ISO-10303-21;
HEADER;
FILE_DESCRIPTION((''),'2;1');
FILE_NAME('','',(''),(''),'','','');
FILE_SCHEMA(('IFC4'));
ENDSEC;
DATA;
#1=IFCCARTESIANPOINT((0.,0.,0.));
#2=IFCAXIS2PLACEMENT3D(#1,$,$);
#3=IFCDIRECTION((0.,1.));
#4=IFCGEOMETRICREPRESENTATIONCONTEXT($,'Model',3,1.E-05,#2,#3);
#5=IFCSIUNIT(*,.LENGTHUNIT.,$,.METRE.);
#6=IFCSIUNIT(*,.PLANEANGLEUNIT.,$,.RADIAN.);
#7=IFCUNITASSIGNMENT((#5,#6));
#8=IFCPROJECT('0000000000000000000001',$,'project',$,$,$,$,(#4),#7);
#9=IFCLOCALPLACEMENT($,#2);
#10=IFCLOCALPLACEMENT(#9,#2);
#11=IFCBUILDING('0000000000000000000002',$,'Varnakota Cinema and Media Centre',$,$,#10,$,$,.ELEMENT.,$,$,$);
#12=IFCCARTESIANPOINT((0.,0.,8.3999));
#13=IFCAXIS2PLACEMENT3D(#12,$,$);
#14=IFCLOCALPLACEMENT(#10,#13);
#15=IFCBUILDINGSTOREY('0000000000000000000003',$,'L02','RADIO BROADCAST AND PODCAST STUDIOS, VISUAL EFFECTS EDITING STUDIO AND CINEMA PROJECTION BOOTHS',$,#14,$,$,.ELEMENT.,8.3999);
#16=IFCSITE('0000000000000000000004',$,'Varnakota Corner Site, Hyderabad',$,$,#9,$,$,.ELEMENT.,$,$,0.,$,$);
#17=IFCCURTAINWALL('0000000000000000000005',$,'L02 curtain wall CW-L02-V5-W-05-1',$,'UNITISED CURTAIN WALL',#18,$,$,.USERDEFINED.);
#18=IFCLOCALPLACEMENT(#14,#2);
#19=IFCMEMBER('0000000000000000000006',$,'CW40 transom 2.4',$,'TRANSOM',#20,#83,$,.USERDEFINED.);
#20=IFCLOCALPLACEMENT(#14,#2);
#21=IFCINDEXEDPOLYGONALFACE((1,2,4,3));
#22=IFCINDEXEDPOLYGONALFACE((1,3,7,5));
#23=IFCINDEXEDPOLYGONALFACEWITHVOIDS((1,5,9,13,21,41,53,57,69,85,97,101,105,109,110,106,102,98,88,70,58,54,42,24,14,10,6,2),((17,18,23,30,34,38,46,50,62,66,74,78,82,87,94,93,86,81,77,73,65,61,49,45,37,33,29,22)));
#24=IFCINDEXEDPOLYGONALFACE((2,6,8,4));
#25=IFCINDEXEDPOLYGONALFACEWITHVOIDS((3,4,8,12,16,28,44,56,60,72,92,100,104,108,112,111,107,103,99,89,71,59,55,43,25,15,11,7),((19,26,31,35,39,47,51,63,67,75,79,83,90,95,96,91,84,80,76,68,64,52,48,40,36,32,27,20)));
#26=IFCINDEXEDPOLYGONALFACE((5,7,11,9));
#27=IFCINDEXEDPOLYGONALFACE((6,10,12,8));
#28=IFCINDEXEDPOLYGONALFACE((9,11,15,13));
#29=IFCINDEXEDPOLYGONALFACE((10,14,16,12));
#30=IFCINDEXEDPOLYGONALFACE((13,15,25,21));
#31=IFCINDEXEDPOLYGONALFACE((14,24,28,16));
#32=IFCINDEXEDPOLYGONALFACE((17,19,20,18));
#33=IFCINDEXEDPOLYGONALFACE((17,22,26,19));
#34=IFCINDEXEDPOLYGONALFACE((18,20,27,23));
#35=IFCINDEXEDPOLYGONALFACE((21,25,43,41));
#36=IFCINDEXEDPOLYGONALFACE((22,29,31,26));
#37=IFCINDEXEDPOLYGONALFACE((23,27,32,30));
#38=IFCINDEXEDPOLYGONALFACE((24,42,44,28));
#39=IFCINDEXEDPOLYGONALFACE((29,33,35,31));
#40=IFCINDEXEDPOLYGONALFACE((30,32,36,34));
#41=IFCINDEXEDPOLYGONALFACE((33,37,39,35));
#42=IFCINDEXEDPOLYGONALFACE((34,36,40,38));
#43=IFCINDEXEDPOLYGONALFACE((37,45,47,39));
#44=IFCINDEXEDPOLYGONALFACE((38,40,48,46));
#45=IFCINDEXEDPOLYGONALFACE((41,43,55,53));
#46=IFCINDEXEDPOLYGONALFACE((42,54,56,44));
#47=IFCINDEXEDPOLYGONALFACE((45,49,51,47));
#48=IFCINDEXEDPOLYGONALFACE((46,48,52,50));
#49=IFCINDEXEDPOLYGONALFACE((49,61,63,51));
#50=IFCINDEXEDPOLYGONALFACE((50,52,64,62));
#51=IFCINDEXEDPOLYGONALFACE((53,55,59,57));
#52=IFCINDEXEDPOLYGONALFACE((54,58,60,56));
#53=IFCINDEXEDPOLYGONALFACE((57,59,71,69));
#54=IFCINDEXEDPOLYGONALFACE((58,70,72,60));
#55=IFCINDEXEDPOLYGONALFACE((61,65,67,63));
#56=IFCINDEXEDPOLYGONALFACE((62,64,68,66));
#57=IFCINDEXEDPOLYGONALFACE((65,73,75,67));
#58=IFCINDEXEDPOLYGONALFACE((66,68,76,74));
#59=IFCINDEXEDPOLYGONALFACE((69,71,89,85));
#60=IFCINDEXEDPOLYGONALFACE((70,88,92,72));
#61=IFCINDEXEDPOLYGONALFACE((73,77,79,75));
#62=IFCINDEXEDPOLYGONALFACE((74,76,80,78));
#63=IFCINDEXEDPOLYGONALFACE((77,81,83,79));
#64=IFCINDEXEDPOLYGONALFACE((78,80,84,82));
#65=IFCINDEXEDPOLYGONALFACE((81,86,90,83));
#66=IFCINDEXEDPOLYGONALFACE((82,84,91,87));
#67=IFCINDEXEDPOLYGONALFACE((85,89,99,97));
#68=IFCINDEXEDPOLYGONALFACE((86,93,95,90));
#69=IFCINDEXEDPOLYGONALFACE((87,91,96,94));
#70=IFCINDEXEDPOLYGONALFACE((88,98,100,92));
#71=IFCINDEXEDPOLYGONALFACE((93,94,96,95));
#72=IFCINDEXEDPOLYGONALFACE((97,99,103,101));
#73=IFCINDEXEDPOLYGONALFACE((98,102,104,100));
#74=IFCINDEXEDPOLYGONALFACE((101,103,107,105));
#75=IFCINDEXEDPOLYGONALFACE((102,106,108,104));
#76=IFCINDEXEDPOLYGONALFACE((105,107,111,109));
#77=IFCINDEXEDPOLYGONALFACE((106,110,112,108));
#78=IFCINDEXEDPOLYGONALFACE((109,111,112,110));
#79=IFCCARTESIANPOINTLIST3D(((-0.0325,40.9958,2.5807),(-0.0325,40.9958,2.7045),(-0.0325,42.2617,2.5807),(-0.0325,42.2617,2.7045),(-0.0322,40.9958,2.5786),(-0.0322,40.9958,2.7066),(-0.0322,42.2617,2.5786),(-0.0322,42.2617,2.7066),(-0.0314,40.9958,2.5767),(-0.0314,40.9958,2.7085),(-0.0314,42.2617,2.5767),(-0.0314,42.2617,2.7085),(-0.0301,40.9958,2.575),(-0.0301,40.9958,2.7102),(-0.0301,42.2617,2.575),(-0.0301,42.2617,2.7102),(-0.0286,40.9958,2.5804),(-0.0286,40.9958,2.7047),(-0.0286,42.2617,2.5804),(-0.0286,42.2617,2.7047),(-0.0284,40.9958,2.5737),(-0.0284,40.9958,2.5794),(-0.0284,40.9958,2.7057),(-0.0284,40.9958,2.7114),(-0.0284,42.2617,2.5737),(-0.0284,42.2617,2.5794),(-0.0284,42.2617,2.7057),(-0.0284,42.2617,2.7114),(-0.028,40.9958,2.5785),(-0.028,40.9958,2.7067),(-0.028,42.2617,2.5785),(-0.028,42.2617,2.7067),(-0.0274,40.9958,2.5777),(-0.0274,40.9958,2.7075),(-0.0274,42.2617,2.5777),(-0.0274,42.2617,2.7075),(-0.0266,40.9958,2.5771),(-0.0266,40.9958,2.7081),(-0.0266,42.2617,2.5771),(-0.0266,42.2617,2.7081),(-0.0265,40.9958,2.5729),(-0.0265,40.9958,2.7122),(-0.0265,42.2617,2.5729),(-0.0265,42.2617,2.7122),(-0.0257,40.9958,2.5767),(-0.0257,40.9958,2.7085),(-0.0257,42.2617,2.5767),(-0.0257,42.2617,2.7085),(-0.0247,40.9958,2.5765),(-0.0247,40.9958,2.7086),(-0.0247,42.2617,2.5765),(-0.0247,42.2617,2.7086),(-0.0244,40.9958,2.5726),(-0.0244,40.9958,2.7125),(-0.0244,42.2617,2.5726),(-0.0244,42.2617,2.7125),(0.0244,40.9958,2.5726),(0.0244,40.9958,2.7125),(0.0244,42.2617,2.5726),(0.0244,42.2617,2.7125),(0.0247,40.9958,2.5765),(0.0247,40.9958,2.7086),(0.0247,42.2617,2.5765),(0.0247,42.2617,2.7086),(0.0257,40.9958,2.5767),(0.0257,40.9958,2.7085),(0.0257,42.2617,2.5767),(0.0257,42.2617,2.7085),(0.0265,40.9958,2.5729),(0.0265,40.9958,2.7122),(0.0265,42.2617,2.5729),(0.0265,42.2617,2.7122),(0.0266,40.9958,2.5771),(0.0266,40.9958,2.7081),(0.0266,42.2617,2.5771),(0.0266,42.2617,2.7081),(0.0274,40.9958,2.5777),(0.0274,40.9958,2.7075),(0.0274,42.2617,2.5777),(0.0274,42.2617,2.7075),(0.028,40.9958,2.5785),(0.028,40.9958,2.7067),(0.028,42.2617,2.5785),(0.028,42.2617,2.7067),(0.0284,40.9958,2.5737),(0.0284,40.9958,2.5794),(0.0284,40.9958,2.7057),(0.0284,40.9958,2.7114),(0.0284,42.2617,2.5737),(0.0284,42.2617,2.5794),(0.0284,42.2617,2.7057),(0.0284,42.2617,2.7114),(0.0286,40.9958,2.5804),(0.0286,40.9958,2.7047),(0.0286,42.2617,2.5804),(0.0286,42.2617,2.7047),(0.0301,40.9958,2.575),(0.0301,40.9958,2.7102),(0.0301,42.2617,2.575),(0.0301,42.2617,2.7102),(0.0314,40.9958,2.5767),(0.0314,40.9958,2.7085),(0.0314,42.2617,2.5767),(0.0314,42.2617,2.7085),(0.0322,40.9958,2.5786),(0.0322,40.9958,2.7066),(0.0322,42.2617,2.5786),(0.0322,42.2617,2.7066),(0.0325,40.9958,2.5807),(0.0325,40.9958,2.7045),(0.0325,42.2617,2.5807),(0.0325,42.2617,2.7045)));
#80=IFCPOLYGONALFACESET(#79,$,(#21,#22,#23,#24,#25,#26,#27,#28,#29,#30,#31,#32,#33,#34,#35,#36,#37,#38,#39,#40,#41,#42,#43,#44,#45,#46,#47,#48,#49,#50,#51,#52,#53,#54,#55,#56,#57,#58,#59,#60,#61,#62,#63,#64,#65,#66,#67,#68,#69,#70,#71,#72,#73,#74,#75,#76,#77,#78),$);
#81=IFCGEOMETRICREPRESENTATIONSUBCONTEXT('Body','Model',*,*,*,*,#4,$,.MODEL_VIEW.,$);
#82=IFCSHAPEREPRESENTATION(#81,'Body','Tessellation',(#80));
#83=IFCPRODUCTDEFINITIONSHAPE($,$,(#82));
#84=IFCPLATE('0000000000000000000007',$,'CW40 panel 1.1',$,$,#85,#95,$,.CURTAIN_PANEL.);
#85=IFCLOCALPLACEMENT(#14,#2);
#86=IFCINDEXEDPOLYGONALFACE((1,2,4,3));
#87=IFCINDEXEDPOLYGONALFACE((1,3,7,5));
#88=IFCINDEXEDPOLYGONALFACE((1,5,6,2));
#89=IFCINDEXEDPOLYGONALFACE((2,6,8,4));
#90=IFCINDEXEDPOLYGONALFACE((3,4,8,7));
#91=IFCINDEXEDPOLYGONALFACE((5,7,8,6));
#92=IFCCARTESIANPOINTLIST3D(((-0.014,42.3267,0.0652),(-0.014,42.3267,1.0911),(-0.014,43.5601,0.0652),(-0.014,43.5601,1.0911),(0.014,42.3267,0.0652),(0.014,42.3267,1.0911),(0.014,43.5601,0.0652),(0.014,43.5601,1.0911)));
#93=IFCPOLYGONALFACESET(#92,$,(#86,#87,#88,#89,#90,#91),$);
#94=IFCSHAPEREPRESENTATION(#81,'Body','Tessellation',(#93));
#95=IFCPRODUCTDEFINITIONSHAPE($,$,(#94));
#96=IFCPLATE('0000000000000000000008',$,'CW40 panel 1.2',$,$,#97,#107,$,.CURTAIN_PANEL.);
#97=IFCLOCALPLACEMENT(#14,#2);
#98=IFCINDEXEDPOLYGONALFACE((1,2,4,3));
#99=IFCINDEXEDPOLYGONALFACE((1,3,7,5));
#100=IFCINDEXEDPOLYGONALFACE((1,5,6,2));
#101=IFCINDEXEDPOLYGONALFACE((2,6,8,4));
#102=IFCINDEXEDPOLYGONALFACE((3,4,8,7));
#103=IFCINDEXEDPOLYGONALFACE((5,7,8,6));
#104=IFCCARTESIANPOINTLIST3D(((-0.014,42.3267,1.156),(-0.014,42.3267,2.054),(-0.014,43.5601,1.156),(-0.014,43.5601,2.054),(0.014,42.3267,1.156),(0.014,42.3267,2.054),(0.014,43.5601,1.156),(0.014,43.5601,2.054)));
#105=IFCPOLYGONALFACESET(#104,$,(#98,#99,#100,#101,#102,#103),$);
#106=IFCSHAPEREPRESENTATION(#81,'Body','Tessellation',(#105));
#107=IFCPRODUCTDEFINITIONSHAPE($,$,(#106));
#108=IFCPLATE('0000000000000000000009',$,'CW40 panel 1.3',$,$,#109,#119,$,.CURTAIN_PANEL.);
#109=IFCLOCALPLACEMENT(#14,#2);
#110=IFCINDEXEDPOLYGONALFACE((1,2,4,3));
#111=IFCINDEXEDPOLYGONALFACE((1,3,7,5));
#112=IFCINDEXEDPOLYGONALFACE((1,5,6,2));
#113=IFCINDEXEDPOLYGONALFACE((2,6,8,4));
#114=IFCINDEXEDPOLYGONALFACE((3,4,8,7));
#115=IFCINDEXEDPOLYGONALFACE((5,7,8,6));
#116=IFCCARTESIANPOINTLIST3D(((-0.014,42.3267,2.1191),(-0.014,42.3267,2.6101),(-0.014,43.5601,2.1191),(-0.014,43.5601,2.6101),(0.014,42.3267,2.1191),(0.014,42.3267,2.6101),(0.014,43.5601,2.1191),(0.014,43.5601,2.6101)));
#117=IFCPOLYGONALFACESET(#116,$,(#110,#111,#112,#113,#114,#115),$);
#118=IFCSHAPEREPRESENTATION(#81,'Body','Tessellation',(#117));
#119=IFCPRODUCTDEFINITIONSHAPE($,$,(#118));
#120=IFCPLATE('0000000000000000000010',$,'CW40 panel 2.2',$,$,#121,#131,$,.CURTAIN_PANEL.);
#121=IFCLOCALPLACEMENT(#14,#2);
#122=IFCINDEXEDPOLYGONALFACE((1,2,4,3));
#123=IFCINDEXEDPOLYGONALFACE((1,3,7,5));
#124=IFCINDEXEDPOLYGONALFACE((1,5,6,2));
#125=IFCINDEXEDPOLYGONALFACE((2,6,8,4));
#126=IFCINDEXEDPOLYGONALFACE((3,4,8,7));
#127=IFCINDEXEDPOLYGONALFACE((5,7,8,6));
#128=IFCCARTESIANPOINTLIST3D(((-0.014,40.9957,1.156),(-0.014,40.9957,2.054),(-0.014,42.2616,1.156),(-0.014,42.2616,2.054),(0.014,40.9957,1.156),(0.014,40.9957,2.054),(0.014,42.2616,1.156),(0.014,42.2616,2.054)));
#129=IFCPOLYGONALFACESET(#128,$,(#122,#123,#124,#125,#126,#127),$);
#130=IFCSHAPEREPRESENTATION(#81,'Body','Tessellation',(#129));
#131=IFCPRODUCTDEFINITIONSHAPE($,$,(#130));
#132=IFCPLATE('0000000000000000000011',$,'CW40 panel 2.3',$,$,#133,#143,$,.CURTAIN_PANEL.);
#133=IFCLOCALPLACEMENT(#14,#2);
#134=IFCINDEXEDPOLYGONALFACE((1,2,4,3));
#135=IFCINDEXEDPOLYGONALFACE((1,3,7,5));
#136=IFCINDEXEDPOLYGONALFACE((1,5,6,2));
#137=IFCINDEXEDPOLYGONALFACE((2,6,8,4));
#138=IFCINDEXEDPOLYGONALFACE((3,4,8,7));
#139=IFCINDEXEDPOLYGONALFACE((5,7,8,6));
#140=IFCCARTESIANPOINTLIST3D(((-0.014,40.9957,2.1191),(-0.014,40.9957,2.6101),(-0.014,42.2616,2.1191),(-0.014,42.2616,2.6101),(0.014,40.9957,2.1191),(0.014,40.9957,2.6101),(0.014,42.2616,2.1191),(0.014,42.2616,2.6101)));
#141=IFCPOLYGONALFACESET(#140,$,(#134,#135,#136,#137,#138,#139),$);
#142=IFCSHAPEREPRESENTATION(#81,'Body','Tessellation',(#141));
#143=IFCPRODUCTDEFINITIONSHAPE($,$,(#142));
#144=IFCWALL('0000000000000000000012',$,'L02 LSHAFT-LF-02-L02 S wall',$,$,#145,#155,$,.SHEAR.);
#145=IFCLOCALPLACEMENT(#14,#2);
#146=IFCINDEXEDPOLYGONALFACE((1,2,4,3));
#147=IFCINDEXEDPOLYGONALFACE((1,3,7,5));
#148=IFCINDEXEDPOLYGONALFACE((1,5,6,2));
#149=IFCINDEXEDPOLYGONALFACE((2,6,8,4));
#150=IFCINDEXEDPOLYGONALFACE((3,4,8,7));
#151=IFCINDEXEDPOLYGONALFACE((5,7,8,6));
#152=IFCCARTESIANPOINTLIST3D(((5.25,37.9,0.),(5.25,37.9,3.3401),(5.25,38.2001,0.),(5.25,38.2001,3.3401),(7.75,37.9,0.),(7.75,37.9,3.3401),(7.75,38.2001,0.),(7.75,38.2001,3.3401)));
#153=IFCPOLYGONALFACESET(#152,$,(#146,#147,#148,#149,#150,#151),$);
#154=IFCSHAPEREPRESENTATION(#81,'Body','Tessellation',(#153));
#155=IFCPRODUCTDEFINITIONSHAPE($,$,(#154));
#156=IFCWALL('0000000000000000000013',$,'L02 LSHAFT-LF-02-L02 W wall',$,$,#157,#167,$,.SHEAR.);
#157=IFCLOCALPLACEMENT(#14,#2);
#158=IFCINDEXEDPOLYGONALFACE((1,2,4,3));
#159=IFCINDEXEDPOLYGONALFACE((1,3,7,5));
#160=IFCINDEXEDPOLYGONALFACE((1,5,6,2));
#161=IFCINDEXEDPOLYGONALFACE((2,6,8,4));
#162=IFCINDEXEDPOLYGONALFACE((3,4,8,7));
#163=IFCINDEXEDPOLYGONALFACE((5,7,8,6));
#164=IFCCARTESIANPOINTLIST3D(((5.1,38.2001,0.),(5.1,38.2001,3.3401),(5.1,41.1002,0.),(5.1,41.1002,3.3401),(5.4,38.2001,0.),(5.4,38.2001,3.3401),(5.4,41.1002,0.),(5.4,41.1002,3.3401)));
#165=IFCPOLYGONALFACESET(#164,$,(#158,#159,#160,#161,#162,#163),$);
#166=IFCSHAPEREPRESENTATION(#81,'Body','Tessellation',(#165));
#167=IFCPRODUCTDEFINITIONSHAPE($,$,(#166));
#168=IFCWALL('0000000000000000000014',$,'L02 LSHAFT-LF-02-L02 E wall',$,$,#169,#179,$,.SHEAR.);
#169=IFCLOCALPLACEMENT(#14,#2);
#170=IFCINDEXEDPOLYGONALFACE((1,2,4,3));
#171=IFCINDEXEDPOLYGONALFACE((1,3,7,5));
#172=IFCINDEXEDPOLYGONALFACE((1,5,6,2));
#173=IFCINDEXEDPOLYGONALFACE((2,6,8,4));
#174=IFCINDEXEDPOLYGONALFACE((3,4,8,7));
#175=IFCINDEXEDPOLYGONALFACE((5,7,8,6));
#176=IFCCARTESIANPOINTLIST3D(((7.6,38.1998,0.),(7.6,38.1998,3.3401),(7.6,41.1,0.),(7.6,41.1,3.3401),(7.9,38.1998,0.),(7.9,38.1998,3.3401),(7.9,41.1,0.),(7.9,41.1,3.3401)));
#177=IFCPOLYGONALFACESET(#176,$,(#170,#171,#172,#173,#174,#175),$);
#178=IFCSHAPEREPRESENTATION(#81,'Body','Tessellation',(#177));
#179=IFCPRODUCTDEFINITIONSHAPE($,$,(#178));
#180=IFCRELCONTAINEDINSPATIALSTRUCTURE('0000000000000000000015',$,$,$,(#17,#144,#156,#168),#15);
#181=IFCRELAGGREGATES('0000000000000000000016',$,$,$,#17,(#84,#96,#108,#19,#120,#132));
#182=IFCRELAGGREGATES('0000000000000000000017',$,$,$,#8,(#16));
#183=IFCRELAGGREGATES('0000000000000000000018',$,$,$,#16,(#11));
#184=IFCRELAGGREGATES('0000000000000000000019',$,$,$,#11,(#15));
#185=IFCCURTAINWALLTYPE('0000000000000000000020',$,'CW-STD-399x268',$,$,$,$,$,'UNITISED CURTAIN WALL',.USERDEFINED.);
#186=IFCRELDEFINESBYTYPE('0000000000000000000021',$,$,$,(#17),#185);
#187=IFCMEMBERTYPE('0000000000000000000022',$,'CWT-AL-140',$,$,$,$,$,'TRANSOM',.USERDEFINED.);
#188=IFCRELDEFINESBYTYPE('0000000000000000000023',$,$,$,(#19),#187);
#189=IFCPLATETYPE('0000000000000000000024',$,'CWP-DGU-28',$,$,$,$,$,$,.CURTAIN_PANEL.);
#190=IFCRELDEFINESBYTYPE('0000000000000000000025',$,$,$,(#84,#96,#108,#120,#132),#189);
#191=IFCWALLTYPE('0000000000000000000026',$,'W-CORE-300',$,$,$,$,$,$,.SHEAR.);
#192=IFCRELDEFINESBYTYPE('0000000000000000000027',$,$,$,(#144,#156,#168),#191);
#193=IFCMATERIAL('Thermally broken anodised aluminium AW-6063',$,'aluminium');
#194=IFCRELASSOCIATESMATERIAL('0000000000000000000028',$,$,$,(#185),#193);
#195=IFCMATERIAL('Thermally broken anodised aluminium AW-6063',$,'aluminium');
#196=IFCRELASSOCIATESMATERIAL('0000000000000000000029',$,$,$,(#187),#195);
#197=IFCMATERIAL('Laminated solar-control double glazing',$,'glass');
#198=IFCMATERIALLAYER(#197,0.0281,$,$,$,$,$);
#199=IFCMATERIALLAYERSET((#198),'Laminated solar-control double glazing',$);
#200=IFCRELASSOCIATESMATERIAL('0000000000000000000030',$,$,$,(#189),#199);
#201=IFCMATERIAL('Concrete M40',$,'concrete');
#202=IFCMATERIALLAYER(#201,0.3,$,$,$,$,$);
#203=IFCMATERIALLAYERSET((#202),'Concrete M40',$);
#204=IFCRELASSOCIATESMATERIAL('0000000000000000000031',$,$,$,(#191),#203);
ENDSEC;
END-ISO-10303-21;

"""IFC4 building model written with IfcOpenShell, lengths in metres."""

from ifc_helpers import new_model, si_unit, direction, frame, frame_2d, origin, origin_2d, place, context, subcontext, project, spatial, rectangle, hollow_rectangle, extrude, material, layer, layer_set, material_profile, profile_set, type_object, element, aggregate, save


model = new_model("IFC4")

# Units and contexts
model_context = context("Model", 3, precision=1e-05, world=origin(), true_north=direction((0.0, 1.0)))
body_context = subcontext(model_context, "Body", "Model", "MODEL_VIEW")
ifc_project = project(units=[si_unit("LENGTHUNIT", "METRE"), si_unit("PLANEANGLEUNIT", "RADIAN")], contexts=[model_context])

# Site, building, storey
site_placement = place(None, origin())
site = spatial("IfcSite", under=ifc_project, at=site_placement, Name="Varnakota Corner Site, Hyderabad", CompositionType="ELEMENT", RefElevation=0.0)
building_placement = place(site_placement, origin())
building = spatial("IfcBuilding", under=site, at=building_placement, Name="Varnakota Cinema and Media Centre", CompositionType="ELEMENT")
storey_placement = place(building_placement, frame((0.0, 0.0, 8.3999)))
storey = spatial("IfcBuildingStorey", under=building, at=storey_placement, Name="L02", Description="RADIO BROADCAST AND PODCAST STUDIOS, VISUAL EFFECTS EDITING STUDIO AND CINEMA PROJECTION BOOTHS", CompositionType="ELEMENT", Elevation=8.3999)

# Curtain wall, member, plates
ifc_material_1 = material(Name="Thermally broken anodised aluminium AW-6063", Category="aluminium")
curtain_wall_type = type_object("IfcCurtainWallType", Name="CW-STD-399x268", ElementType="UNITISED CURTAIN WALL", PredefinedType="USERDEFINED", material=ifc_material_1)
curtain_wall_placement = place(storey_placement, origin())
curtain_wall = element("IfcCurtainWall", 1, at=curtain_wall_placement, inside=storey, type_object=curtain_wall_type, Name="L02 curtain wall CW-L02-V5-W-05-1", ObjectType="UNITISED CURTAIN WALL", PredefinedType="USERDEFINED")
ifc_material_2 = material(Name="Thermally broken anodised aluminium AW-6063", Category="aluminium")
ifc_material_profile_1 = material_profile(ifc_material_2, hollow_rectangle(XDim=0.0649, YDim=0.1399, WallThickness=0.0039, InnerFilletRadius=0.0039, OuterFilletRadius=0.0081, at=origin_2d()), Name="AL-TRANSOM 140x65x4")
ifc_profile_set_1 = profile_set([ifc_material_profile_1], Name="Thermally broken anodised aluminium AW-6063")
member_type_1 = type_object("IfcMemberType", Name="CWT-AL-140", ElementType="TRANSOM", PredefinedType="USERDEFINED", material=ifc_profile_set_1)
member_1_placement = place(storey_placement, frame((0.0, 42.2617, 2.6426), z_axis=(0.0, -1.0, 0.0), x_axis=(1.0, 0.0, 0.0)))
member_1 = element("IfcMember", 2, at=member_1_placement, type_object=member_type_1, Name="CW40 transom 2.4", ObjectType="TRANSOM", PredefinedType="USERDEFINED", context=body_context, shape_type="SweptSolid", body=[
    extrude(hollow_rectangle(XDim=0.0649, YDim=0.1399, WallThickness=0.0039, InnerFilletRadius=0.0039, OuterFilletRadius=0.0081, at=origin_2d()), origin(), (0.0, 0.0, 1.0), 1.2659),
])
ifc_material_3 = material(Name="Laminated solar-control double glazing", Category="glass")
ifc_layer_1 = layer(ifc_material_3, 0.0281)
ifc_layer_set_1 = layer_set([ifc_layer_1], Name="Laminated solar-control double glazing")
plate_type = type_object("IfcPlateType", Name="CWP-DGU-28", PredefinedType="CURTAIN_PANEL", material=ifc_layer_set_1)
plate_1_placement = place(storey_placement, frame((0.0, 42.9434, 0.0652), z_axis=(0.0, 0.0, 1.0), x_axis=(0.0, -1.0, 0.0)))
plate_1 = element("IfcPlate", 3, at=plate_1_placement, type_object=plate_type, Name="CW40 panel 1.1", PredefinedType="CURTAIN_PANEL", context=body_context, shape_type="SweptSolid", body=[
    extrude(rectangle(XDim=1.2334, YDim=0.0281, at=origin_2d()), origin(), (0.0, 0.0, 1.0), 1.0259),
])
plate_2_placement = place(storey_placement, frame((0.0, 42.9434, 1.156), z_axis=(0.0, 0.0, 1.0), x_axis=(0.0, -1.0, 0.0)))
plate_2 = element("IfcPlate", 4, at=plate_2_placement, type_object=plate_type, Name="CW40 panel 1.2", PredefinedType="CURTAIN_PANEL", context=body_context, shape_type="SweptSolid", body=[
    extrude(rectangle(XDim=1.2334, YDim=0.0281, at=origin_2d()), origin(), (0.0, 0.0, 1.0), 0.8979),
])
plate_3_placement = place(storey_placement, frame((0.0, 42.9434, 2.1191), z_axis=(0.0, 0.0, 1.0), x_axis=(0.0, -1.0, 0.0)))
plate_3 = element("IfcPlate", 5, at=plate_3_placement, type_object=plate_type, Name="CW40 panel 1.3", PredefinedType="CURTAIN_PANEL", context=body_context, shape_type="SweptSolid", body=[
    extrude(rectangle(XDim=1.2334, YDim=0.0281, at=origin_2d()), origin(), (0.0, 0.0, 1.0), 0.491),
])
plate_4_placement = place(storey_placement, frame((0.0, 41.6287, 1.156), z_axis=(0.0, 0.0, 1.0), x_axis=(0.0, -1.0, 0.0)))
plate_4 = element("IfcPlate", 6, at=plate_4_placement, type_object=plate_type, Name="CW40 panel 2.2", PredefinedType="CURTAIN_PANEL", context=body_context, shape_type="SweptSolid", body=[
    extrude(rectangle(XDim=1.2659, YDim=0.0281, at=origin_2d()), origin(), (0.0, 0.0, 1.0), 0.8979),
])
plate_5_placement = place(storey_placement, frame((0.0, 41.6287, 2.1191), z_axis=(0.0, 0.0, 1.0), x_axis=(0.0, -1.0, 0.0)))
plate_5 = element("IfcPlate", 7, at=plate_5_placement, type_object=plate_type, Name="CW40 panel 2.3", PredefinedType="CURTAIN_PANEL", context=body_context, shape_type="SweptSolid", body=[
    extrude(rectangle(XDim=1.2659, YDim=0.0281, at=origin_2d()), origin(), (0.0, 0.0, 1.0), 0.491),
])
aggregate(curtain_wall, [plate_1, plate_2, plate_3, member_1, plate_4, plate_5])

# Walls
ifc_material_4 = material(Name="Concrete M40", Category="concrete")
ifc_layer_2 = layer(ifc_material_4, 0.3)
ifc_layer_set_2 = layer_set([ifc_layer_2], Name="Concrete M40")
wall_type_1 = type_object("IfcWallType", Name="W-CORE-300", PredefinedType="SHEAR", material=ifc_layer_set_2)
wall_1_placement = place(storey_placement, frame((7.75, 38.05, 0.0), z_axis=(0.0, 0.0, 1.0), x_axis=(-1.0, 0.0, 0.0)))
element("IfcWall", 8, at=wall_1_placement, inside=storey, type_object=wall_type_1, Name="L02 LSHAFT-LF-02-L02 S wall", PredefinedType="SHEAR", context=body_context, shape_type="SweptSolid", body=[
    extrude(rectangle(XDim=2.5, YDim=0.3, at=frame_2d((1.25, 0.0))), origin(), (0.0, 0.0, 1.0), 3.3401),
])
wall_2_placement = place(storey_placement, frame((5.25, 38.2, 0.0), z_axis=(0.0, 0.0, 1.0), x_axis=(0.0, 1.0, 0.0)))
element("IfcWall", 9, at=wall_2_placement, inside=storey, type_object=wall_type_1, Name="L02 LSHAFT-LF-02-L02 W wall", PredefinedType="SHEAR", context=body_context, shape_type="SweptSolid", body=[
    extrude(rectangle(XDim=2.9001, YDim=0.3, at=frame_2d((1.4502, 0.0))), origin(), (0.0, 0.0, 1.0), 3.3401),
])

# Wall
wall_3_placement = place(storey_placement, frame((7.75, 41.1001, 0.0), z_axis=(0.0, 0.0, 1.0), x_axis=(0.0, -1.0, 0.0)))
element("IfcWall", 10, at=wall_3_placement, inside=storey, type_object=wall_type_1, Name="L02 LSHAFT-LF-02-L02 E wall", PredefinedType="SHEAR", context=body_context, shape_type="SweptSolid", body=[
    extrude(rectangle(XDim=2.9001, YDim=0.3, at=frame_2d((1.4502, 0.0))), origin(), (0.0, 0.0, 1.0), 3.3401),
])

save(model, "model.ifc")
